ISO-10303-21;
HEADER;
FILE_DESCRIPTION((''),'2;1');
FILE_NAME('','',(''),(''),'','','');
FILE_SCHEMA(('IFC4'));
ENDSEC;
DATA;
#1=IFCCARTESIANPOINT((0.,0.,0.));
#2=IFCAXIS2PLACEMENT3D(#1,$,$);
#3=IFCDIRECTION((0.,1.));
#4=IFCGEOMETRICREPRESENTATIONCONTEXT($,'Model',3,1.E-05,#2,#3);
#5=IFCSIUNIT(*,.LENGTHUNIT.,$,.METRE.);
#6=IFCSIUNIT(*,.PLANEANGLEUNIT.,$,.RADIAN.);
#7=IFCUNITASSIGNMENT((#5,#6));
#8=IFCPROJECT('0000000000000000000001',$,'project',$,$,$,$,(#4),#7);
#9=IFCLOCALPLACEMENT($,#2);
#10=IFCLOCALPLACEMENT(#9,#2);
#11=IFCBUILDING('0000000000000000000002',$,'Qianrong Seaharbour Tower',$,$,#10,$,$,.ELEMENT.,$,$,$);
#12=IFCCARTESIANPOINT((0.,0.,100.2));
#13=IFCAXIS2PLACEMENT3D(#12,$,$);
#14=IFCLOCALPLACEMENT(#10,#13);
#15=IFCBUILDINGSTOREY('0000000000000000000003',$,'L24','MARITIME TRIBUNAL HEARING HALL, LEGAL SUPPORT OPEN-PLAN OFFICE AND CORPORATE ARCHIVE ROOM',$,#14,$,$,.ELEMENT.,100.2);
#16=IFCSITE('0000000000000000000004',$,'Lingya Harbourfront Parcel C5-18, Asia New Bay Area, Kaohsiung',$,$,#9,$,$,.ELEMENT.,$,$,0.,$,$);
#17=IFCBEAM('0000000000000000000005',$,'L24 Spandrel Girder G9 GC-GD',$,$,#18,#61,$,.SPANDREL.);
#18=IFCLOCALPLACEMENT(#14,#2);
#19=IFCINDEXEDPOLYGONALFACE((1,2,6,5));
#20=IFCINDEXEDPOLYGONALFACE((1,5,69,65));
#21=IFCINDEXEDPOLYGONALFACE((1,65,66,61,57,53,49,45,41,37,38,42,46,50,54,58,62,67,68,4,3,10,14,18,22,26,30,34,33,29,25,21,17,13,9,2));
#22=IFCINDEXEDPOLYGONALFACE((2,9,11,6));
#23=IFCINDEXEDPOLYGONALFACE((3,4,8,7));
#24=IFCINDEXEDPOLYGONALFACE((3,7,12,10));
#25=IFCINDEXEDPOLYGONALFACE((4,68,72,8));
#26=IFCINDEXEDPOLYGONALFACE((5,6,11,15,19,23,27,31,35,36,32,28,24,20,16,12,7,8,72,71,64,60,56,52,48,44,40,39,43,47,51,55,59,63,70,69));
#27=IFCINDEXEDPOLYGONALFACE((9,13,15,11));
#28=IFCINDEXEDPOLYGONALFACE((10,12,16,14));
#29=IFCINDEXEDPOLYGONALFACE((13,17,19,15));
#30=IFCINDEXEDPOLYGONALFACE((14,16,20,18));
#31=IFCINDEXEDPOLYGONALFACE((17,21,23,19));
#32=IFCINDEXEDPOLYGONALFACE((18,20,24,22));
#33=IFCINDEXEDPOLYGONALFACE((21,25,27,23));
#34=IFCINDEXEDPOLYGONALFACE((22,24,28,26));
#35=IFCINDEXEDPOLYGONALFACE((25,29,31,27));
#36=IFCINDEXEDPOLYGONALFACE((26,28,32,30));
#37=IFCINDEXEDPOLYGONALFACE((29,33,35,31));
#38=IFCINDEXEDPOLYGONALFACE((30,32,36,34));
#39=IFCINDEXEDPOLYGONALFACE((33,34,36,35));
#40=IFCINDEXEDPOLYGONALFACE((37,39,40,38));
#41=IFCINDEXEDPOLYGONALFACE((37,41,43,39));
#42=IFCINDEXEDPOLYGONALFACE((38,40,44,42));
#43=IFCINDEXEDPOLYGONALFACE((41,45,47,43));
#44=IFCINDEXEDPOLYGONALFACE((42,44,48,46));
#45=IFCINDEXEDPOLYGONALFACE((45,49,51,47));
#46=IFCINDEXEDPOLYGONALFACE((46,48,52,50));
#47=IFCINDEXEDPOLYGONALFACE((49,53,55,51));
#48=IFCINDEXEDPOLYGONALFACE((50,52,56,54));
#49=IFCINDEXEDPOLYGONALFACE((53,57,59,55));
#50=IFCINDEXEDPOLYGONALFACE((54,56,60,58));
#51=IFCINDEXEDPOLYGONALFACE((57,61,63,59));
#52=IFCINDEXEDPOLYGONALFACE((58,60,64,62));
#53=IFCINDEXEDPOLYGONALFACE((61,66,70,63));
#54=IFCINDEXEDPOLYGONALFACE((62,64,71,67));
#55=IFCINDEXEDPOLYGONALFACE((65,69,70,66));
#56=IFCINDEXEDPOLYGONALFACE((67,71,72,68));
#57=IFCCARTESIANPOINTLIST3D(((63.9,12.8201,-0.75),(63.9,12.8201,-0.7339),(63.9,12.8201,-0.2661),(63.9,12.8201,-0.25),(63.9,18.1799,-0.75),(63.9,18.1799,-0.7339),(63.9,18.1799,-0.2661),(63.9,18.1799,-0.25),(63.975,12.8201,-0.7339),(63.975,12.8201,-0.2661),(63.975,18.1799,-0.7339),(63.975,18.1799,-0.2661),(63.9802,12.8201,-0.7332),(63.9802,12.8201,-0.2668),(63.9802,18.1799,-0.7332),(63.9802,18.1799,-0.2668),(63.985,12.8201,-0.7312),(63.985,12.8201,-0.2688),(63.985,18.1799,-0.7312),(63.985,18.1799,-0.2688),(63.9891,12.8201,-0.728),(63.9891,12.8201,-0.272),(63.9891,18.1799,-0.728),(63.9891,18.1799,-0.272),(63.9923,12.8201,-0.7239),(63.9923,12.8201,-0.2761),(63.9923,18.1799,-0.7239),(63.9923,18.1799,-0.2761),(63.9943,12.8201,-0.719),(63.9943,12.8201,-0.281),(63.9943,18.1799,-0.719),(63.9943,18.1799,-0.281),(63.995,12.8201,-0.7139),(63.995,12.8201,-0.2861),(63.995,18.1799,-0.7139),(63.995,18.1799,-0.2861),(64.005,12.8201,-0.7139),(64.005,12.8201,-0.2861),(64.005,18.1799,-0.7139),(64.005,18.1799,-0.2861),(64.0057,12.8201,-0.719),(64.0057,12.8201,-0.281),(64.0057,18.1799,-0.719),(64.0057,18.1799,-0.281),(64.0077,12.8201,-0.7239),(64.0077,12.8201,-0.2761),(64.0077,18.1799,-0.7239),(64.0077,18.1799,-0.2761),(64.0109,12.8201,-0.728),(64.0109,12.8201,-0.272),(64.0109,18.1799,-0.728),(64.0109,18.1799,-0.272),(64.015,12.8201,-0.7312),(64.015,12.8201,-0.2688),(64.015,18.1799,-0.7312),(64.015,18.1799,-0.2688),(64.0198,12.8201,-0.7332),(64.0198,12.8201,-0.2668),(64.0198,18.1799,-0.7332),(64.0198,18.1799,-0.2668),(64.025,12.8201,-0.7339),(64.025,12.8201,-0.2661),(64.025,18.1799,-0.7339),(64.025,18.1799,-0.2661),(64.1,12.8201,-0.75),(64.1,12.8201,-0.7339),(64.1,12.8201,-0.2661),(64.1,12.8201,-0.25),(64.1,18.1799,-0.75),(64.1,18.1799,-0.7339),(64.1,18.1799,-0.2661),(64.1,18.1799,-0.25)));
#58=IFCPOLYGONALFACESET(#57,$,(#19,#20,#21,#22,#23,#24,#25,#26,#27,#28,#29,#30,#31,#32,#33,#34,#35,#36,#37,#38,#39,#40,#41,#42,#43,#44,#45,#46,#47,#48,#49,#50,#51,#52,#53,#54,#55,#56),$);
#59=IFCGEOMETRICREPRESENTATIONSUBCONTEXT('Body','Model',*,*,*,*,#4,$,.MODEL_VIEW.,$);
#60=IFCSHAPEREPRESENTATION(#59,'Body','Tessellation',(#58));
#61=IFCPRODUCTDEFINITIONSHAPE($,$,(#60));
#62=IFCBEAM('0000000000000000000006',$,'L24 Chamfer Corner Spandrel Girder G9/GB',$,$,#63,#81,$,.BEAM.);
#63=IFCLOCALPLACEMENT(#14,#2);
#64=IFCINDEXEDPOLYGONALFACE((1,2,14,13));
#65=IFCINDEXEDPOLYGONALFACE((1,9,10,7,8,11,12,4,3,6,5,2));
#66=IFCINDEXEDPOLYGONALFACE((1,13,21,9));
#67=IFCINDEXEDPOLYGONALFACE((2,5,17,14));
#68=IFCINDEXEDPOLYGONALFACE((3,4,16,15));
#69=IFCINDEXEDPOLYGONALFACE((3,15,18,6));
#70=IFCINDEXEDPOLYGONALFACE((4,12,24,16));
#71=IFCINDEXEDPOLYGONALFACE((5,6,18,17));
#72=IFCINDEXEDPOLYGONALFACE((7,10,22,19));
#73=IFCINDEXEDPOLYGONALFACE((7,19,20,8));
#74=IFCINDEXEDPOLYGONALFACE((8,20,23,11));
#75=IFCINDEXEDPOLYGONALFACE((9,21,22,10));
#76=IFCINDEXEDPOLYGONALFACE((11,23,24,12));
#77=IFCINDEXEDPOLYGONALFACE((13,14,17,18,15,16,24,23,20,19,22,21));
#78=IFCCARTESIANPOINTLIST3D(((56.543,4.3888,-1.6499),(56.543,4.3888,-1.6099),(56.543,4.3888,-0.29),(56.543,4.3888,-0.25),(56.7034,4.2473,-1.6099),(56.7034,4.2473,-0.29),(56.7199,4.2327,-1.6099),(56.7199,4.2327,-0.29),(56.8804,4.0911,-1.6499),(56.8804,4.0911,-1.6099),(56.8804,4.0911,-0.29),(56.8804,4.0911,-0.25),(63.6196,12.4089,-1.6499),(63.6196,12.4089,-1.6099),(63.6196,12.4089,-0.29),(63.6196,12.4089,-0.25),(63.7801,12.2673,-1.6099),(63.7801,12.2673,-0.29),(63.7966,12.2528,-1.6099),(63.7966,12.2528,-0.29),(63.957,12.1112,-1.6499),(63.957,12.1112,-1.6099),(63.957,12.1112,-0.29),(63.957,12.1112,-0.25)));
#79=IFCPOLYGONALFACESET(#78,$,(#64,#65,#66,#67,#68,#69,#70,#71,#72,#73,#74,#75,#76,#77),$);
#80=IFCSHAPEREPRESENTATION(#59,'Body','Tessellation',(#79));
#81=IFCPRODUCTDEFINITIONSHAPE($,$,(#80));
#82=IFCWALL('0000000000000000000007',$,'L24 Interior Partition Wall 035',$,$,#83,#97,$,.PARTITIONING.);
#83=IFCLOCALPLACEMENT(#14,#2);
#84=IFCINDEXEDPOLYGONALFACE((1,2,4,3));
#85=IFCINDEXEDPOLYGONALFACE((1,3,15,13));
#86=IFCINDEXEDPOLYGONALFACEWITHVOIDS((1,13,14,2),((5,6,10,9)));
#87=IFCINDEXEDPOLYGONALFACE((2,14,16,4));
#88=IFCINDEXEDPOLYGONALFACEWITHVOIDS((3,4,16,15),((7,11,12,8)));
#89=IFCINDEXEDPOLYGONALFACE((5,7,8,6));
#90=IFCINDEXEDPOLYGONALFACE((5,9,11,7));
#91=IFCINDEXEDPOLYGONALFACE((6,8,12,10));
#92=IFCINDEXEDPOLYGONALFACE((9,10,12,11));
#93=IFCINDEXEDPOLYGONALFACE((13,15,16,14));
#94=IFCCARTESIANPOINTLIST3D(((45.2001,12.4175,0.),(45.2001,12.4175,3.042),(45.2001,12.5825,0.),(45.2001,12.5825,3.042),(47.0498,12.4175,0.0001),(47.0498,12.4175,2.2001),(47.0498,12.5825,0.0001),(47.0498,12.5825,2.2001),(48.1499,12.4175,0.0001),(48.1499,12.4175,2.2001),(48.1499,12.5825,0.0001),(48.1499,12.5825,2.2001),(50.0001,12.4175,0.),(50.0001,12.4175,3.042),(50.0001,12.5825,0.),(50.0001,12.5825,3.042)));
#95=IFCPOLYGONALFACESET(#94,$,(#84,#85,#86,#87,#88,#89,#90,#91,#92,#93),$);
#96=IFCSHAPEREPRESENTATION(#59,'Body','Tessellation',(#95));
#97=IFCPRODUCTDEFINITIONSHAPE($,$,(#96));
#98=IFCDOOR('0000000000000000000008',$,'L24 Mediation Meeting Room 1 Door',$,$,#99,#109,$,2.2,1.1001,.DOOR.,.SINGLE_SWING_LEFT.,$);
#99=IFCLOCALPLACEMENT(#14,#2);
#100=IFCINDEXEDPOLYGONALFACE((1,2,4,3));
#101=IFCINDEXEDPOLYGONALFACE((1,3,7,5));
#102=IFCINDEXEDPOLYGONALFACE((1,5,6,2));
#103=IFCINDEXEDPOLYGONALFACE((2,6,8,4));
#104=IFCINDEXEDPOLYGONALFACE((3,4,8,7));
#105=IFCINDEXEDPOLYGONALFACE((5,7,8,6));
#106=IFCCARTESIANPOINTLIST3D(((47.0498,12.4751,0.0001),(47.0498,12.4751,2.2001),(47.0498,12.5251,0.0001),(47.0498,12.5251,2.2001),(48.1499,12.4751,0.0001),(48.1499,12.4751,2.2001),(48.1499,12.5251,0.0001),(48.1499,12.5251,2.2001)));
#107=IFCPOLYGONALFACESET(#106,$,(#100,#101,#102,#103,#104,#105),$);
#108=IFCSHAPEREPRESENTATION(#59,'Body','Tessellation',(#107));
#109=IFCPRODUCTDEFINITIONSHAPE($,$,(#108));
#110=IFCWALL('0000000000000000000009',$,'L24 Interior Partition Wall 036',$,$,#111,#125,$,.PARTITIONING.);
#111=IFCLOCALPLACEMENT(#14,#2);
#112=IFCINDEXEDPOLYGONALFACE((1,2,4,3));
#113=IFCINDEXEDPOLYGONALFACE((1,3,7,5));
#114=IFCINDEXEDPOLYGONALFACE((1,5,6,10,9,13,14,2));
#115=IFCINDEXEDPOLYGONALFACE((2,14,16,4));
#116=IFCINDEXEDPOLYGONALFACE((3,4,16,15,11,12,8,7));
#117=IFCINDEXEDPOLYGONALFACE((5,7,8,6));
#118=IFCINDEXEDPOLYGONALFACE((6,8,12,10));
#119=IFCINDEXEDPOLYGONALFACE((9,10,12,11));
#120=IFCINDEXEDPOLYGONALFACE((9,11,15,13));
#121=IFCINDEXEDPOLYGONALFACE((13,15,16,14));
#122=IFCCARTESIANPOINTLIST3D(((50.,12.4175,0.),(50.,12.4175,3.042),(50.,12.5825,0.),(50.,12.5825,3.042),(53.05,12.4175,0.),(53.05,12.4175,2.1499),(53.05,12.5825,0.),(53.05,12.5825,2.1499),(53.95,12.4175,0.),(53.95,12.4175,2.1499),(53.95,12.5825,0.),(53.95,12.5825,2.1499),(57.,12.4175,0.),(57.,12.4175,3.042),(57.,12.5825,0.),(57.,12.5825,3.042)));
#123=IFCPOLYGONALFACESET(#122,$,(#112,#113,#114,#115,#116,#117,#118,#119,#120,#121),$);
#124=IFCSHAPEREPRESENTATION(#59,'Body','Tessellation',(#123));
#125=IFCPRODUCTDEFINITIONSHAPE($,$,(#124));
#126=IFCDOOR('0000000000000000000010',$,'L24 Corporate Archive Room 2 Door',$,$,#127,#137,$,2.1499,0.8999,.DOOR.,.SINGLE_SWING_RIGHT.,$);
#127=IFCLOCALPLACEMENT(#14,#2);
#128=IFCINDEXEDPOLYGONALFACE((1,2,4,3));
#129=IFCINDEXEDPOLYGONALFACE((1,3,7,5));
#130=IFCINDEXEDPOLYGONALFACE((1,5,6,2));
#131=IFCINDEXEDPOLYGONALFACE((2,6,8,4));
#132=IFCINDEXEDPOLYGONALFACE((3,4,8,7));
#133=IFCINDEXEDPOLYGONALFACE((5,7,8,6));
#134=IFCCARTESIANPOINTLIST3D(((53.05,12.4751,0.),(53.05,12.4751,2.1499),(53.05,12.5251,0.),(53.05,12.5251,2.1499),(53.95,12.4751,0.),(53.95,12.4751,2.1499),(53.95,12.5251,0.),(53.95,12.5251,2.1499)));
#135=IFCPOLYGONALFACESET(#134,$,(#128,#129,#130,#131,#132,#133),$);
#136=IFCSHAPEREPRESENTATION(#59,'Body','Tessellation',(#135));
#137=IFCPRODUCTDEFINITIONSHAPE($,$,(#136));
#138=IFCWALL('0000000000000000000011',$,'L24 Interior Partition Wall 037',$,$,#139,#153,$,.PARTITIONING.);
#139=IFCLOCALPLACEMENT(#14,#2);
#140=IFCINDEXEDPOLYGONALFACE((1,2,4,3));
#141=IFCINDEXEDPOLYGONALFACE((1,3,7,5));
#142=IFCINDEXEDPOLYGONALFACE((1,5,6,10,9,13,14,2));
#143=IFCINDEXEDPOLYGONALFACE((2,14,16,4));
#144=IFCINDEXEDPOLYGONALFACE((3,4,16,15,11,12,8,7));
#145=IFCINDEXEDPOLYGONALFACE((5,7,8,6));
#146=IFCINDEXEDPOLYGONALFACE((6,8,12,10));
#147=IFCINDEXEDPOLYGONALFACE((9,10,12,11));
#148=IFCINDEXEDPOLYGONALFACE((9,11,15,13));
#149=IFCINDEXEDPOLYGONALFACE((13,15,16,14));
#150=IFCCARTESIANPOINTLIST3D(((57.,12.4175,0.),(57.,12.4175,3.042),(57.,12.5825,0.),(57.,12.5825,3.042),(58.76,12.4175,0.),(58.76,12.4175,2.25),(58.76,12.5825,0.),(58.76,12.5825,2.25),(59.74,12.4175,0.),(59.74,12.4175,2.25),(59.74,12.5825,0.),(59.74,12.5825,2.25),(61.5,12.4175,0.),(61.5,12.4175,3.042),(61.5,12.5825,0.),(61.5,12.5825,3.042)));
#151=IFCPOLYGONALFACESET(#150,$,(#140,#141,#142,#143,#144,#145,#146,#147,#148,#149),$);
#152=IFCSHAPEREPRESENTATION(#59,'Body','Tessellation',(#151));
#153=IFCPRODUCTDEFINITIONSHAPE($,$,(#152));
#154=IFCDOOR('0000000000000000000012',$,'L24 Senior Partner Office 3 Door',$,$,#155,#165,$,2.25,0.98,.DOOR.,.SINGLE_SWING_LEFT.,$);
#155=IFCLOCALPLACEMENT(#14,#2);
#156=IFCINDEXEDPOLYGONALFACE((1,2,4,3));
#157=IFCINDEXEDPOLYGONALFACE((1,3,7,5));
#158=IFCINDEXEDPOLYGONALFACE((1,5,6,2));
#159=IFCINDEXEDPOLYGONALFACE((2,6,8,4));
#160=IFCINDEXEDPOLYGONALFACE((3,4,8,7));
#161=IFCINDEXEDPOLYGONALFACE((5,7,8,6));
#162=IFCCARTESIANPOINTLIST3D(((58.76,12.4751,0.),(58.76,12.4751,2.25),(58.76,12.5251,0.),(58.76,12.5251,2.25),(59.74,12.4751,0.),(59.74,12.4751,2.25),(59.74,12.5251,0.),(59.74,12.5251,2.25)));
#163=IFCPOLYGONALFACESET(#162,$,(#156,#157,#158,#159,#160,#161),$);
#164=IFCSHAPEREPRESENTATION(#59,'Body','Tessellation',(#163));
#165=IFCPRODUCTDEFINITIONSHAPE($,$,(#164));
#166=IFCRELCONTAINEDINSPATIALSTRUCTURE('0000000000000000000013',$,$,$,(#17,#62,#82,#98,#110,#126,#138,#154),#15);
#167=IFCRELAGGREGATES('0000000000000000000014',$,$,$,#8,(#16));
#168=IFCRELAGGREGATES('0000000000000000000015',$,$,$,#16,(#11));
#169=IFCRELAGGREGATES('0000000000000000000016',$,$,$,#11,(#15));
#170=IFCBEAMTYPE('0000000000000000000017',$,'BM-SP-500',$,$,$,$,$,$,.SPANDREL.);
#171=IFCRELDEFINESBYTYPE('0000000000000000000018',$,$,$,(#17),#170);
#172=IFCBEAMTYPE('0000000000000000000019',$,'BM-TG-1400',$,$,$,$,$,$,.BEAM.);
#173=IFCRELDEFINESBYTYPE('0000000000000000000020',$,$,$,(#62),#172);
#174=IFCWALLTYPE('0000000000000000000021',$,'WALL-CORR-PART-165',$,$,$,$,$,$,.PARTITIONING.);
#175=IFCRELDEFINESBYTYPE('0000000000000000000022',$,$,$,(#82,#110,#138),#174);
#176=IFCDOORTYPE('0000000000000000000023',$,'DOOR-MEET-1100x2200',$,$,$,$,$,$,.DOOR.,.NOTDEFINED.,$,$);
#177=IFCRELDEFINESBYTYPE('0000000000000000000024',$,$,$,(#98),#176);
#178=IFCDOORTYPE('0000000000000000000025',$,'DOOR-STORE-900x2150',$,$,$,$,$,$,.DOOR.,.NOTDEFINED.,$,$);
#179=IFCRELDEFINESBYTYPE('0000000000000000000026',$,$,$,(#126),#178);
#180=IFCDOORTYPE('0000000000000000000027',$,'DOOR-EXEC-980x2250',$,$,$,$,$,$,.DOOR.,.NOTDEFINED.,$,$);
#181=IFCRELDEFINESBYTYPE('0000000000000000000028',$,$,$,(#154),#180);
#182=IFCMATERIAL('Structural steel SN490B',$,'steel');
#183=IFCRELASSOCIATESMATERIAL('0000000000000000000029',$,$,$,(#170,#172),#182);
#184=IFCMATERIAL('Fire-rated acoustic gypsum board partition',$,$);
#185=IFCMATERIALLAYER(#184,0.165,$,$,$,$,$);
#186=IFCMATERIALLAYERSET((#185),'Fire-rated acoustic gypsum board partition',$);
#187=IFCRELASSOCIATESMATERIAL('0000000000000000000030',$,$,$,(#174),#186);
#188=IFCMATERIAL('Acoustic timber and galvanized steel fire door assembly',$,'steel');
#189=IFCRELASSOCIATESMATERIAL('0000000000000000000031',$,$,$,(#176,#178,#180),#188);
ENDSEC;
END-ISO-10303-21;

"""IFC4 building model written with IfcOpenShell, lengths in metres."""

from ifc_helpers import new_model, si_unit, direction, frame, frame_2d, origin, origin_2d, place, context, subcontext, project, spatial, rectangle, i_section, extrude, material, layer, layer_set, material_profile, profile_set, type_object, element, fill, save


model = new_model("IFC4")

# Units and contexts
model_context = context("Model", 3, precision=1e-05, world=origin(), true_north=direction((0.0, 1.0)))
body_context = subcontext(model_context, "Body", "Model", "MODEL_VIEW")
ifc_project = project(units=[si_unit("LENGTHUNIT", "METRE"), si_unit("PLANEANGLEUNIT", "RADIAN")], contexts=[model_context])

# Site, building, storey
site_placement = place(None, origin())
site = spatial("IfcSite", under=ifc_project, at=site_placement, Name="Lingya Harbourfront Parcel C5-18, Asia New Bay Area, Kaohsiung", CompositionType="ELEMENT", RefElevation=0.0)
building_placement = place(site_placement, origin())
building = spatial("IfcBuilding", under=site, at=building_placement, Name="Qianrong Seaharbour Tower", CompositionType="ELEMENT")
storey_placement = place(building_placement, frame((0.0, 0.0, 100.2)))
storey = spatial("IfcBuildingStorey", under=building, at=storey_placement, Name="L24", Description="MARITIME TRIBUNAL HEARING HALL, LEGAL SUPPORT OPEN-PLAN OFFICE AND CORPORATE ARCHIVE ROOM", CompositionType="ELEMENT", Elevation=100.2)

# Shared definitions
ifc_material_1 = material(Name="Structural steel SN490B", Category="steel")

# Beams
ifc_material_profile_1 = material_profile(ifc_material_1, i_section(OverallWidth=0.2, OverallDepth=0.5, WebThickness=0.01, FlangeThickness=0.0161, FilletRadius=0.02, at=origin_2d()), Name="H500x200x10x16")
ifc_profile_set_1 = profile_set([ifc_material_profile_1], Name="Structural steel SN490B")
beam_type_1 = type_object("IfcBeamType", Name="BM-SP-500", PredefinedType="SPANDREL", material=ifc_profile_set_1)
beam_1_placement = place(storey_placement, frame((64.0, 12.8201, -0.5), z_axis=(0.0, 1.0, 0.0), x_axis=(-1.0, 0.0, 0.0)))
element("IfcBeam", 1, at=beam_1_placement, inside=storey, type_object=beam_type_1, Name="L24 Spandrel Girder G9 GC-GD", PredefinedType="SPANDREL", context=body_context, shape_type="SweptSolid", body=[
    extrude(i_section(OverallWidth=0.2, OverallDepth=0.5, WebThickness=0.01, FlangeThickness=0.0161, FilletRadius=0.02, at=origin_2d()), origin(), (0.0, 0.0, 1.0), 5.3599),
])
ifc_material_profile_2 = material_profile(ifc_material_1, i_section(OverallWidth=0.45, OverallDepth=1.3999, WebThickness=0.022, FlangeThickness=0.04, at=origin_2d()), Name="BH1400x450x22x40")
ifc_profile_set_2 = profile_set([ifc_material_profile_2], Name="Structural steel SN490B")
beam_type_2 = type_object("IfcBeamType", Name="BM-TG-1400", PredefinedType="BEAM", material=ifc_profile_set_2)
beam_2_placement = place(storey_placement, frame((56.7117, 4.24, -0.95), z_axis=(0.661631, 0.74983, 0.0), x_axis=(-0.74983, 0.661631, 0.0)))
element("IfcBeam", 2, at=beam_2_placement, inside=storey, type_object=beam_type_2, Name="L24 Chamfer Corner Spandrel Girder G9/GB", PredefinedType="BEAM", context=body_context, shape_type="SweptSolid", body=[
    extrude(i_section(OverallWidth=0.45, OverallDepth=1.3999, WebThickness=0.022, FlangeThickness=0.04, at=origin_2d()), origin(), (0.0, 0.0, 1.0), 10.6958),
])

# Walls, openings, doors
ifc_material_2 = material(Name="Fire-rated acoustic gypsum board partition")
ifc_layer_1 = layer(ifc_material_2, 0.165)
ifc_layer_set_1 = layer_set([ifc_layer_1], Name="Fire-rated acoustic gypsum board partition")
wall_type_1 = type_object("IfcWallType", Name="WALL-CORR-PART-165", PredefinedType="PARTITIONING", material=ifc_layer_set_1)
wall_1_placement = place(storey_placement, frame((50.0, 12.5, 0.0), z_axis=(0.0, 0.0, 1.0), x_axis=(-1.0, 0.0, 0.0)))
wall_1 = element("IfcWall", 3, at=wall_1_placement, inside=storey, type_object=wall_type_1, Name="L24 Interior Partition Wall 035", PredefinedType="PARTITIONING", context=body_context, shape_type="SweptSolid", body=[
    extrude(rectangle(XDim=4.8, YDim=0.165, at=frame_2d((2.3999, 0.0))), origin(), (0.0, 0.0, 1.0), 3.042),
])
opening_1_placement = place(wall_1_placement, frame((1.8501, 0.0, 0.0)))
opening_1 = element("IfcOpeningElement", 4, at=opening_1_placement, cuts=wall_1, PredefinedType="OPENING", context=body_context, shape_type="SweptSolid", body=[
    extrude(rectangle(XDim=1.1001, YDim=2.2, at=frame_2d((0.55, 1.1001))), frame((0.0, 0.0925, 0.0), z_axis=(0.0, -1.0, 0.0), x_axis=(1.0, 0.0, 0.0)), (0.0, 0.0, 1.0), 0.1851),
])
ifc_material_3 = material(Name="Acoustic timber and galvanized steel fire door assembly", Category="steel")
door_type_1 = type_object("IfcDoorType", Name="DOOR-MEET-1100x2200", OperationType="NOTDEFINED", PredefinedType="DOOR", material=ifc_material_3)
door_1_placement = place(opening_1_placement, origin())
door_1 = element("IfcDoor", 5, at=door_1_placement, inside=storey, type_object=door_type_1, Name="L24 Mediation Meeting Room 1 Door", OperationType="SINGLE_SWING_LEFT", OverallHeight=2.2, OverallWidth=1.1001, PredefinedType="DOOR", context=body_context, shape_type="SweptSolid", body=[
    extrude(rectangle(XDim=1.1001, YDim=2.2, at=frame_2d((0.55, 1.1001))), frame((0.0, 0.0249, 0.0), z_axis=(0.0, -1.0, 0.0), x_axis=(1.0, 0.0, 0.0)), (0.0, 0.0, 1.0), 0.05),
])
fill(opening_1, door_1)
wall_2_placement = place(storey_placement, frame((57.0, 12.5, 0.0), z_axis=(0.0, 0.0, 1.0), x_axis=(-1.0, 0.0, 0.0)))
wall_2 = element("IfcWall", 6, at=wall_2_placement, inside=storey, type_object=wall_type_1, Name="L24 Interior Partition Wall 036", PredefinedType="PARTITIONING", context=body_context, shape_type="SweptSolid", body=[
    extrude(rectangle(XDim=7.0, YDim=0.165, at=frame_2d((3.5, 0.0))), origin(), (0.0, 0.0, 1.0), 3.042),
])
opening_2_placement = place(wall_2_placement, frame((3.05, 0.0, 0.0)))
opening_2 = element("IfcOpeningElement", 7, at=opening_2_placement, cuts=wall_2, PredefinedType="OPENING", context=body_context, shape_type="SweptSolid", body=[
    extrude(rectangle(XDim=0.8999, YDim=2.1499, at=frame_2d((0.45, 1.075))), frame((0.0, 0.0925, 0.0), z_axis=(0.0, -1.0, 0.0), x_axis=(1.0, 0.0, 0.0)), (0.0, 0.0, 1.0), 0.1851),
])
door_type_2 = type_object("IfcDoorType", Name="DOOR-STORE-900x2150", OperationType="NOTDEFINED", PredefinedType="DOOR", material=ifc_material_3)
door_2_placement = place(opening_2_placement, origin())
door_2 = element("IfcDoor", 8, at=door_2_placement, inside=storey, type_object=door_type_2, Name="L24 Corporate Archive Room 2 Door", OperationType="SINGLE_SWING_RIGHT", OverallHeight=2.1499, OverallWidth=0.8999, PredefinedType="DOOR", context=body_context, shape_type="SweptSolid", body=[
    extrude(rectangle(XDim=0.8999, YDim=2.1499, at=frame_2d((0.45, 1.075))), frame((0.0, 0.0249, 0.0), z_axis=(0.0, -1.0, 0.0), x_axis=(1.0, 0.0, 0.0)), (0.0, 0.0, 1.0), 0.05),
])
fill(opening_2, door_2)
wall_3_placement = place(storey_placement, frame((61.5, 12.5, 0.0), z_axis=(0.0, 0.0, 1.0), x_axis=(-1.0, 0.0, 0.0)))
wall_3 = element("IfcWall", 9, at=wall_3_placement, inside=storey, type_object=wall_type_1, Name="L24 Interior Partition Wall 037", PredefinedType="PARTITIONING", context=body_context, shape_type="SweptSolid", body=[
    extrude(rectangle(XDim=4.5, YDim=0.165, at=frame_2d((2.25, 0.0))), origin(), (0.0, 0.0, 1.0), 3.042),
])
opening_3_placement = place(wall_3_placement, frame((1.76, 0.0, 0.0)))
opening_3 = element("IfcOpeningElement", 10, at=opening_3_placement, cuts=wall_3, PredefinedType="OPENING", context=body_context, shape_type="SweptSolid", body=[
    extrude(rectangle(XDim=0.98, YDim=2.25, at=frame_2d((0.49, 1.125))), frame((0.0, 0.0925, 0.0), z_axis=(0.0, -1.0, 0.0), x_axis=(1.0, 0.0, 0.0)), (0.0, 0.0, 1.0), 0.1851),
])
door_type_3 = type_object("IfcDoorType", Name="DOOR-EXEC-980x2250", OperationType="NOTDEFINED", PredefinedType="DOOR", material=ifc_material_3)
door_3_placement = place(opening_3_placement, origin())
door_3 = element("IfcDoor", 11, at=door_3_placement, inside=storey, type_object=door_type_3, Name="L24 Senior Partner Office 3 Door", OperationType="SINGLE_SWING_LEFT", OverallHeight=2.25, OverallWidth=0.98, PredefinedType="DOOR", context=body_context, shape_type="SweptSolid", body=[
    extrude(rectangle(XDim=0.98, YDim=2.25, at=frame_2d((0.49, 1.125))), frame((0.0, 0.0249, 0.0), z_axis=(0.0, -1.0, 0.0), x_axis=(1.0, 0.0, 0.0)), (0.0, 0.0, 1.0), 0.05),
])
fill(opening_3, door_3)

save(model, "model.ifc")
